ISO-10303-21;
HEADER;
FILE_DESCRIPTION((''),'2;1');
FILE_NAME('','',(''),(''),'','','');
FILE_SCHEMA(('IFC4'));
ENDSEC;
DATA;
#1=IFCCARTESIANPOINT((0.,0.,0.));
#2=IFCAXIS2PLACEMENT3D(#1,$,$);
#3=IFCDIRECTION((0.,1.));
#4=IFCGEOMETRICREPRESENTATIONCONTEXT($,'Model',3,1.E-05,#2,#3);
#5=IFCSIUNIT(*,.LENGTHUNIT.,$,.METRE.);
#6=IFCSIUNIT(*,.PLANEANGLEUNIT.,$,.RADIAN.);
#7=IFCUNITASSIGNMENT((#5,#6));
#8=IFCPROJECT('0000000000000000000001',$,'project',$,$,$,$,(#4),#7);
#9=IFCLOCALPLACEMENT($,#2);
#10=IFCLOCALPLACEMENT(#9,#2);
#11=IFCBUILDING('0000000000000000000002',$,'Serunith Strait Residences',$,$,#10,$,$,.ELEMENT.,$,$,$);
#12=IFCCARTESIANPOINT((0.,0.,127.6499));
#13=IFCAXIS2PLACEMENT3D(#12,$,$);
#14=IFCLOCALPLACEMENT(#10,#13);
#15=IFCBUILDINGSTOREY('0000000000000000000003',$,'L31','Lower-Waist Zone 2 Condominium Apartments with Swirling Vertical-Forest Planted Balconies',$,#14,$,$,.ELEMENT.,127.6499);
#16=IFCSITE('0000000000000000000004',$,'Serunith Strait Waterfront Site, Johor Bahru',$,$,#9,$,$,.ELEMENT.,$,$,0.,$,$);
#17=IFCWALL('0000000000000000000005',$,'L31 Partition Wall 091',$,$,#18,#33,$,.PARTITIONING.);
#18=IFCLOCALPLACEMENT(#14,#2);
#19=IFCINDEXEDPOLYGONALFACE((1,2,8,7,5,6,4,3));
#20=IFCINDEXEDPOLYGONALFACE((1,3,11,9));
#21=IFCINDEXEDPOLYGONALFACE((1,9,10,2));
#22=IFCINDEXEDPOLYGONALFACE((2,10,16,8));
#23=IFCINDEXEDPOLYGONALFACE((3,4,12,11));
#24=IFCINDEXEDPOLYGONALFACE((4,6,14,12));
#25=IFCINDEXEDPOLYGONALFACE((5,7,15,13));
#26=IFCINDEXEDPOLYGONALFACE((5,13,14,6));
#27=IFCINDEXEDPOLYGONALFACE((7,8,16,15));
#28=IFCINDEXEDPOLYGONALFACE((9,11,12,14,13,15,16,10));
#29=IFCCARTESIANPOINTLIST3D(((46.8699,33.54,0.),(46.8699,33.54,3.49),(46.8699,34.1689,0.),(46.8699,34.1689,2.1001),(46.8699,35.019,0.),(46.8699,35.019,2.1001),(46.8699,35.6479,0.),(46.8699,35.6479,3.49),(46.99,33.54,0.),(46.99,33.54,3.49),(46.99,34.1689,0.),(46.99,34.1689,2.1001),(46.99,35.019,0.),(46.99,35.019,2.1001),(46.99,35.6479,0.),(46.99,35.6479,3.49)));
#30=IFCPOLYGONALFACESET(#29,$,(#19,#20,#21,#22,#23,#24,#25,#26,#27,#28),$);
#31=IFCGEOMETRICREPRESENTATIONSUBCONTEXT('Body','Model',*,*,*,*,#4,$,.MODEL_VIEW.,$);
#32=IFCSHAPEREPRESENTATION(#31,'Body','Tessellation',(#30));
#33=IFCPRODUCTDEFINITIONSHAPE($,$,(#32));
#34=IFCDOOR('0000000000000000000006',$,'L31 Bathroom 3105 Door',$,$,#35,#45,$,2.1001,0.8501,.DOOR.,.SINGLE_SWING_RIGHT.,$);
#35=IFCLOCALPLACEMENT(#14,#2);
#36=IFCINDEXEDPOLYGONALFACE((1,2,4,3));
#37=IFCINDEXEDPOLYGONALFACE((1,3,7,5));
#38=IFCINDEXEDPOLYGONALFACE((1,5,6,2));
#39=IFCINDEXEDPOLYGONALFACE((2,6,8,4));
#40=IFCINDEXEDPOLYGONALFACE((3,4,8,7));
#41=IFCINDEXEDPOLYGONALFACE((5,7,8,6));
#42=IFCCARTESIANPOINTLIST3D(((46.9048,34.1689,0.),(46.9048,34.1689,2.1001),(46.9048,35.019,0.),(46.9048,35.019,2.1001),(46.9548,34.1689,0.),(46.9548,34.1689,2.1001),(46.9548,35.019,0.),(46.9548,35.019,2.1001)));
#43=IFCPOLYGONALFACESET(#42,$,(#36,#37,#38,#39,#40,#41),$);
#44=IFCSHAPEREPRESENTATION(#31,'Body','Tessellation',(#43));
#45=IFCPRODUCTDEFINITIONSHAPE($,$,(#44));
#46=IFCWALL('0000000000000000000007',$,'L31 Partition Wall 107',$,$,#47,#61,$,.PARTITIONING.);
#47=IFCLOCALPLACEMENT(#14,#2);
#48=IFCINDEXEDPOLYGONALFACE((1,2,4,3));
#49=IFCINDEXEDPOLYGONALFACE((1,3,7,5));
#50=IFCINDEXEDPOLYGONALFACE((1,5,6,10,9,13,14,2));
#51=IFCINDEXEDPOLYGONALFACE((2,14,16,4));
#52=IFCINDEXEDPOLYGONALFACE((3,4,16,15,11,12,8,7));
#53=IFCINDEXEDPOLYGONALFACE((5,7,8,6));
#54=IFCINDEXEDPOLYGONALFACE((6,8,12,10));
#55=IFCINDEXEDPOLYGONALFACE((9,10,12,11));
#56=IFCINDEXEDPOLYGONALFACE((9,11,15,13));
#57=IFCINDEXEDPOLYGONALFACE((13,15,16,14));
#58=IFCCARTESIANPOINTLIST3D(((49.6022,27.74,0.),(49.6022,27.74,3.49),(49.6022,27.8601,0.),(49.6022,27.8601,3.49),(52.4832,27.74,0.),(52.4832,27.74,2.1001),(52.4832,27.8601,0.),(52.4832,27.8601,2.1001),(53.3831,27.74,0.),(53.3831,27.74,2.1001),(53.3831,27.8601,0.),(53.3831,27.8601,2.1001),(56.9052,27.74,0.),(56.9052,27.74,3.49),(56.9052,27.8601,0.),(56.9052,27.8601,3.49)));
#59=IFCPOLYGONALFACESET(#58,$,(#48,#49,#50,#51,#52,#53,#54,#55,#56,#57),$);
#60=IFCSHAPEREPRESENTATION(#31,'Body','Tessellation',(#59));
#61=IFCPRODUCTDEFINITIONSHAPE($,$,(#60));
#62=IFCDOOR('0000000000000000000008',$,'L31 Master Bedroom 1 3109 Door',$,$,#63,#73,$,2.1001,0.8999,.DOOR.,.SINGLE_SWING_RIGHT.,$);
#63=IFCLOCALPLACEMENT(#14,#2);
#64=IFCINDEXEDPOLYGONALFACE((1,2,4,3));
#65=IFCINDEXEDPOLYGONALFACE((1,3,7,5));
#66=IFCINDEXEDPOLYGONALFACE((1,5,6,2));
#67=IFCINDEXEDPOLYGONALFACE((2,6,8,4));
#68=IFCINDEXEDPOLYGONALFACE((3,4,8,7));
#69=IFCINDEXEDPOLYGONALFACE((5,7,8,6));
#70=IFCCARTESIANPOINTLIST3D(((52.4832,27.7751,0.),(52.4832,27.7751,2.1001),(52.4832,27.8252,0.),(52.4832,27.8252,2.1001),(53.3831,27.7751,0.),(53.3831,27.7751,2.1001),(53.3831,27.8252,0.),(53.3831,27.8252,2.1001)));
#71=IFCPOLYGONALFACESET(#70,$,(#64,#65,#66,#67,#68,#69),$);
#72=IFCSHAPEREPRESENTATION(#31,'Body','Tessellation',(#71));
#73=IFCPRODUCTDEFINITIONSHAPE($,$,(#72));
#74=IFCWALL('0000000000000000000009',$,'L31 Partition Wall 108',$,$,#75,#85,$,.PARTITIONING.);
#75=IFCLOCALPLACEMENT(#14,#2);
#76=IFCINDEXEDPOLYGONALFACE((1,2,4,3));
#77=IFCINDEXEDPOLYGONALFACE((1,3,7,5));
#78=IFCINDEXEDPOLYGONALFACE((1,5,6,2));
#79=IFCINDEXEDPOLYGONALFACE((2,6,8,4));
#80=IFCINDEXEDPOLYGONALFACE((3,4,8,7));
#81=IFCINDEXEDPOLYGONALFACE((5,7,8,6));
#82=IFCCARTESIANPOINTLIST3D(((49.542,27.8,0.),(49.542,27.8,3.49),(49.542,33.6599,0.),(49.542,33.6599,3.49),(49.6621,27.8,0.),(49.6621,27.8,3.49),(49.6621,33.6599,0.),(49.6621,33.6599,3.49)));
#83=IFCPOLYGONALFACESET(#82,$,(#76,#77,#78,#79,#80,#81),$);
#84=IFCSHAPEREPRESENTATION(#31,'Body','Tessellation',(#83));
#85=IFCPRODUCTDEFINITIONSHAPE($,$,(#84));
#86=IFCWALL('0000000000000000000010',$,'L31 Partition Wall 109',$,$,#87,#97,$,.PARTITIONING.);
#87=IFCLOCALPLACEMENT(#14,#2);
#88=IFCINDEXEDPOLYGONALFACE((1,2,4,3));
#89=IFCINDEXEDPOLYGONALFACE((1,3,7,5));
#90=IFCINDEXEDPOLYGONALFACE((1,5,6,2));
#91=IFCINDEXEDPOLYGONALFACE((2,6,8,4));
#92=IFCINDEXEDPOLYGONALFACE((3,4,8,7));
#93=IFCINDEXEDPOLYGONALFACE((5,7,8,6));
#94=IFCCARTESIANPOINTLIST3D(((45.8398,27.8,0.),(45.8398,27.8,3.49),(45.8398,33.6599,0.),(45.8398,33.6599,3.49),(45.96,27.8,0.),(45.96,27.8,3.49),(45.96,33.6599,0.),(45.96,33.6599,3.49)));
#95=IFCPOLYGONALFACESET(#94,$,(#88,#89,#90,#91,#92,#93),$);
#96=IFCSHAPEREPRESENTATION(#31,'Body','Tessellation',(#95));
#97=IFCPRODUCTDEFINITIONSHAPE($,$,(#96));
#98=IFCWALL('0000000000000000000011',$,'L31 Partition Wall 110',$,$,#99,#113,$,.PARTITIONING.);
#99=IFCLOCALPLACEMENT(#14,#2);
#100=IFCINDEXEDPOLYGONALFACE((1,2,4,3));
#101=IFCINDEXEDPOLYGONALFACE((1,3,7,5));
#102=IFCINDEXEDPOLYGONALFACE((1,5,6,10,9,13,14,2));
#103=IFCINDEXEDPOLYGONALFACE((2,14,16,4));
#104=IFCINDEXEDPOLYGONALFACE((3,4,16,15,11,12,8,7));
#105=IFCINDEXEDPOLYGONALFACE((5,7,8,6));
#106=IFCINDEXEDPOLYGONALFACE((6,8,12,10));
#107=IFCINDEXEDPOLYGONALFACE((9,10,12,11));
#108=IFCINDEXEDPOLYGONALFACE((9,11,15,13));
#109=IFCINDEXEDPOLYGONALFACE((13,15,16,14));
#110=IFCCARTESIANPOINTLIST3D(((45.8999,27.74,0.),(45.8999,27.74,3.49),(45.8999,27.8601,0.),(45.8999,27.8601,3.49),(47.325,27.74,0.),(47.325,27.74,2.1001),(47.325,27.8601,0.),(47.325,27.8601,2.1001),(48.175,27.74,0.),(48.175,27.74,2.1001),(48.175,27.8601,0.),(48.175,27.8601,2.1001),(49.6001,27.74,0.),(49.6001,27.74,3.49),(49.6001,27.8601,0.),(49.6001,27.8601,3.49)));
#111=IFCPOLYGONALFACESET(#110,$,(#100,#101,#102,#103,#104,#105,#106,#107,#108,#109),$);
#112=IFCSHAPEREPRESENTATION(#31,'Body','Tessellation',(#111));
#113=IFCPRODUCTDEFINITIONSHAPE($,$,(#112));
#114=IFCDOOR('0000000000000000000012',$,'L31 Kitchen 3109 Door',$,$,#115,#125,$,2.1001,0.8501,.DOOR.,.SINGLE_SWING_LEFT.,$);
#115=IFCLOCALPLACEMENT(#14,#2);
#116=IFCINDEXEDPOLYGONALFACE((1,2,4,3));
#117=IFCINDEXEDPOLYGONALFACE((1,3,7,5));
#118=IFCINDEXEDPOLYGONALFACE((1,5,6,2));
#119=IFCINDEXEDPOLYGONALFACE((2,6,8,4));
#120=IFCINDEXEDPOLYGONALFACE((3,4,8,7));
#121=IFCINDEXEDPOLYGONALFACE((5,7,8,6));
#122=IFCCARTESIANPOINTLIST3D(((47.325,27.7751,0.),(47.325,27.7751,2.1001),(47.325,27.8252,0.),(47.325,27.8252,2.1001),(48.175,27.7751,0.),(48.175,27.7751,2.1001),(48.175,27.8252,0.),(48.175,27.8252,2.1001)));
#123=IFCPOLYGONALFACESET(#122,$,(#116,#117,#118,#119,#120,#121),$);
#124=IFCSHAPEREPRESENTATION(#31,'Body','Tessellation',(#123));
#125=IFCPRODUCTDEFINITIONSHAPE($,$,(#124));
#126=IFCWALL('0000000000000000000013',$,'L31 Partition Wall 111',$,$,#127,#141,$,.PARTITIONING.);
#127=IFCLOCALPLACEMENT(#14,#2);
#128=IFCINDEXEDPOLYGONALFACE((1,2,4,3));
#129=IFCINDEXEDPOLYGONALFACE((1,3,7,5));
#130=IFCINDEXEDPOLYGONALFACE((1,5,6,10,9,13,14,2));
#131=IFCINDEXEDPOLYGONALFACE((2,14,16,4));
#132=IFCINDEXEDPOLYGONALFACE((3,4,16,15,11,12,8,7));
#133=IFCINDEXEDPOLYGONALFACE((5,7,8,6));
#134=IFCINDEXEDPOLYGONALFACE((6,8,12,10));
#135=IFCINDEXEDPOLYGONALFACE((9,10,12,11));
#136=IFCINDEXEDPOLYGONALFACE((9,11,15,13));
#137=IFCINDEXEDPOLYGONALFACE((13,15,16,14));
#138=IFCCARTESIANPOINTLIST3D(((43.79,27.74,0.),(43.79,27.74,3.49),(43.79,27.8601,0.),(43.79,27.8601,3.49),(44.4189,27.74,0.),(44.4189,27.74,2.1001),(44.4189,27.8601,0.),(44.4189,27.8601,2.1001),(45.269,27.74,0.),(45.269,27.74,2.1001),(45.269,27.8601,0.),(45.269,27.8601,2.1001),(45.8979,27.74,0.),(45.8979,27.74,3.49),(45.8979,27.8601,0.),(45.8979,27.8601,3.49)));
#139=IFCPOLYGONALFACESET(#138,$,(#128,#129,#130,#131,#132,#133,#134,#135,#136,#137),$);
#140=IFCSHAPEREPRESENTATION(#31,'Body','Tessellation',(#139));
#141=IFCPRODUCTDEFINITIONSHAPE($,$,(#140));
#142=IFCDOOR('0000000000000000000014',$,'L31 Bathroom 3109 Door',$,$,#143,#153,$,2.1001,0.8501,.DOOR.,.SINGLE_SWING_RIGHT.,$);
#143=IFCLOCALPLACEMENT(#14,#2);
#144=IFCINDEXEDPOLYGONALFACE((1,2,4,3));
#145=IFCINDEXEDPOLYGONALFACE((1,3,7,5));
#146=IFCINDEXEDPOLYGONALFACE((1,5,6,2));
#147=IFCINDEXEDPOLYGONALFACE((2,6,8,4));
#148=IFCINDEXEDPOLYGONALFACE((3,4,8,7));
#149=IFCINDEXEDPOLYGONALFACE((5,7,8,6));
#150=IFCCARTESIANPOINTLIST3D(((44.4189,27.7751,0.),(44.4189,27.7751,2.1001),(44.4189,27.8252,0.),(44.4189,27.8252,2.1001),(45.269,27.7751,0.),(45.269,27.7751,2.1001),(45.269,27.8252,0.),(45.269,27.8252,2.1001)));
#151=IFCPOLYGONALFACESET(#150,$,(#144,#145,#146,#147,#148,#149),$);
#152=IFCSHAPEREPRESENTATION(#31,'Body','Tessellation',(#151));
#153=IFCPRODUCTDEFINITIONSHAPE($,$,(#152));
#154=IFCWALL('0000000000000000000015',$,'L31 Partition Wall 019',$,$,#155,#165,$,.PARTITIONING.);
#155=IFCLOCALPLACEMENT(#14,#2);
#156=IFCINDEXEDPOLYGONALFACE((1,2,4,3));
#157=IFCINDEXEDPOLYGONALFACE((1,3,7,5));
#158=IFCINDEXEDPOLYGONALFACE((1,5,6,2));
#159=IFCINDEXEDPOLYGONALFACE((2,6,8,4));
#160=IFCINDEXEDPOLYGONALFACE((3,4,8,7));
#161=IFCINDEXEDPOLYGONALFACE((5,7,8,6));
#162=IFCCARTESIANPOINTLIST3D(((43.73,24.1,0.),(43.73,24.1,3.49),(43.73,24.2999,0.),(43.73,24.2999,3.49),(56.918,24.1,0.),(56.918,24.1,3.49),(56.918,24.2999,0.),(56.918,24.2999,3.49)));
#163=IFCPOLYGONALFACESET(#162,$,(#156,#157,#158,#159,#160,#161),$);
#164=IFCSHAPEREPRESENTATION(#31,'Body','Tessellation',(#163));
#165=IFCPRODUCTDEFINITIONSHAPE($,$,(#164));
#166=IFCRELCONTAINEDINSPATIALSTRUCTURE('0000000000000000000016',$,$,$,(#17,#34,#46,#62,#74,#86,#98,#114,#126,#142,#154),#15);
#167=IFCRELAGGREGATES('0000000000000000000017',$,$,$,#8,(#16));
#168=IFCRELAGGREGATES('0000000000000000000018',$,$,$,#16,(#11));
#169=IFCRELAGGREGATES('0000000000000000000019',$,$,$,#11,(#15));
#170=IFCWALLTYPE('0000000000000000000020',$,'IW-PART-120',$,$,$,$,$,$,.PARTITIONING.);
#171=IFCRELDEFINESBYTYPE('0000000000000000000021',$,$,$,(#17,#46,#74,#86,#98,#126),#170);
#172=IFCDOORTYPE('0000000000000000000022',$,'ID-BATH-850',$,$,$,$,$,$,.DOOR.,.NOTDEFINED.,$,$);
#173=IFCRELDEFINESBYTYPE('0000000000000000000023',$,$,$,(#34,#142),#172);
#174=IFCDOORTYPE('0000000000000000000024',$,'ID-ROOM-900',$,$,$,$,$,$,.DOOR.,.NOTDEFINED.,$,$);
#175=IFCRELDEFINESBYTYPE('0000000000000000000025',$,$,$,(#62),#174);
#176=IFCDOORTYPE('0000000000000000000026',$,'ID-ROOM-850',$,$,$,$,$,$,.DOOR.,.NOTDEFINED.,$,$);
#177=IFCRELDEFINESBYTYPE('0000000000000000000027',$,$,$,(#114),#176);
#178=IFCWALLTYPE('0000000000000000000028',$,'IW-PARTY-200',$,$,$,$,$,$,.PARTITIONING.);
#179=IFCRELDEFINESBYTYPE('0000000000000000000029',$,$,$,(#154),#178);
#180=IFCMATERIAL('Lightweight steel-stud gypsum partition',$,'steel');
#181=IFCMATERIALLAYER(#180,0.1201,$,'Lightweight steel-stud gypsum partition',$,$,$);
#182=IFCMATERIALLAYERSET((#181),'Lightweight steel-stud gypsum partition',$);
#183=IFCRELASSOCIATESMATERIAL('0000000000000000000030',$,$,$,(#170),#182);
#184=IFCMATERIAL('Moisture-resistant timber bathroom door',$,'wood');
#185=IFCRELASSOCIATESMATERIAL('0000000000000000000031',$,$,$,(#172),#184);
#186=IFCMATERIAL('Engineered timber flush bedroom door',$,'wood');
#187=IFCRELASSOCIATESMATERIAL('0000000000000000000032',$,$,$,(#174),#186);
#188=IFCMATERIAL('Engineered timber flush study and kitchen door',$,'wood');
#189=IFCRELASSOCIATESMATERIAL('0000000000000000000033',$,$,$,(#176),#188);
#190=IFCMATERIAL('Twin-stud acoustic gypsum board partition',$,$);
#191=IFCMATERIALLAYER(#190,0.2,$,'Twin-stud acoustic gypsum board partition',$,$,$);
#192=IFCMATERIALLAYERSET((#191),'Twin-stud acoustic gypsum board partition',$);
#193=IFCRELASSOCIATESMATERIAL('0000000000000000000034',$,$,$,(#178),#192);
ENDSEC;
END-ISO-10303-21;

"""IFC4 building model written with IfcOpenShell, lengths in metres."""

from ifc_helpers import new_model, si_unit, direction, frame, frame_2d, origin, place, context, subcontext, project, spatial, rectangle, extrude, source, transform, mapped, material, layer, layer_set, type_object, element, fill, save


model = new_model("IFC4")

# Units and contexts
model_context = context("Model", 3, precision=1e-05, world=origin(), true_north=direction((0.0, 1.0)))
body_context = subcontext(model_context, "Body", "Model", "MODEL_VIEW")
ifc_project = project(units=[si_unit("LENGTHUNIT", "METRE"), si_unit("PLANEANGLEUNIT", "RADIAN")], contexts=[model_context])

# Site, building, storey
site_placement = place(None, origin())
site = spatial("IfcSite", under=ifc_project, at=site_placement, Name="Serunith Strait Waterfront Site, Johor Bahru", CompositionType="ELEMENT", RefElevation=0.0)
building_placement = place(site_placement, origin())
building = spatial("IfcBuilding", under=site, at=building_placement, Name="Serunith Strait Residences", CompositionType="ELEMENT")
storey_placement = place(building_placement, frame((0.0, 0.0, 127.6499)))
storey = spatial("IfcBuildingStorey", under=building, at=storey_placement, Name="L31", Description="Lower-Waist Zone 2 Condominium Apartments with Swirling Vertical-Forest Planted Balconies", CompositionType="ELEMENT", Elevation=127.6499)

# Shared definitions
ifc_material_1 = material(Name="Lightweight steel-stud gypsum partition", Category="steel")
ifc_layer_1 = layer(ifc_material_1, 0.1201, Name="Lightweight steel-stud gypsum partition")
ifc_layer_set_1 = layer_set([ifc_layer_1], Name="Lightweight steel-stud gypsum partition")
wall_type_1 = type_object("IfcWallType", Name="IW-PART-120", PredefinedType="PARTITIONING", material=ifc_layer_set_1)

# Walls, openings, doors
wall_1_placement = place(storey_placement, frame((46.9299, 35.6479, 0.0), z_axis=(0.0, 0.0, 1.0), x_axis=(0.0, -1.0, 0.0)))
wall_1 = element("IfcWall", 1, at=wall_1_placement, inside=storey, type_object=wall_type_1, Name="L31 Partition Wall 091", PredefinedType="PARTITIONING", context=body_context, shape_type="SweptSolid", body=[
    extrude(rectangle(XDim=2.1079, YDim=0.1201, at=frame_2d((1.054, 0.0))), origin(), (0.0, 0.0, 1.0), 3.49),
])
opening_1_placement = place(wall_1_placement, frame((0.6289, 0.0, 0.0)))
opening_1 = element("IfcOpeningElement", 2, at=opening_1_placement, cuts=wall_1, PredefinedType="OPENING", context=body_context, shape_type="SweptSolid", body=[
    extrude(rectangle(XDim=0.8501, YDim=2.1001, at=frame_2d((0.425, 1.05))), frame((0.0, 0.0701, 0.0), z_axis=(0.0, -1.0, 0.0), x_axis=(1.0, 0.0, 0.0)), (0.0, 0.0, 1.0), 0.1401),
])
ifc_material_2 = material(Name="Moisture-resistant timber bathroom door", Category="wood")
door_type_1 = type_object("IfcDoorType", Name="ID-BATH-850", OperationType="NOTDEFINED", PredefinedType="DOOR", material=ifc_material_2)
shared_shape_1 = source(origin(), body_context, "Body", "SweptSolid", [
    extrude(rectangle(XDim=0.8501, YDim=2.1001, at=frame_2d((0.425, 1.05))), frame((0.0, 0.0249, 0.0), z_axis=(0.0, -1.0, 0.0), x_axis=(1.0, 0.0, 0.0)), (0.0, 0.0, 1.0), 0.05),
])
door_1_placement = place(opening_1_placement, origin())
door_1 = element("IfcDoor", 3, at=door_1_placement, inside=storey, type_object=door_type_1, Name="L31 Bathroom 3105 Door", OperationType="SINGLE_SWING_RIGHT", OverallHeight=2.1001, OverallWidth=0.8501, PredefinedType="DOOR", context=body_context, shape_type="MappedRepresentation", body=[
    mapped(shared_shape_1, transform((0.0, 0.0, 0.0), scale=1.0)),
])
fill(opening_1, door_1)
wall_2_placement = place(storey_placement, frame((56.905, 27.8, 0.0), z_axis=(0.0, 0.0, 1.0), x_axis=(-1.0, 0.0, 0.0)))
wall_2 = element("IfcWall", 4, at=wall_2_placement, inside=storey, type_object=wall_type_1, Name="L31 Partition Wall 107", PredefinedType="PARTITIONING", context=body_context, shape_type="SweptSolid", body=[
    extrude(rectangle(XDim=7.303, YDim=0.1201, at=frame_2d((3.6514, 0.0))), origin(), (0.0, 0.0, 1.0), 3.49),
])
opening_2_placement = place(wall_2_placement, frame((3.522, 0.0, 0.0)))
opening_2 = element("IfcOpeningElement", 5, at=opening_2_placement, cuts=wall_2, PredefinedType="OPENING", context=body_context, shape_type="SweptSolid", body=[
    extrude(rectangle(XDim=0.8999, YDim=2.1001, at=frame_2d((0.45, 1.05))), frame((0.0, 0.0701, 0.0), z_axis=(0.0, -1.0, 0.0), x_axis=(1.0, 0.0, 0.0)), (0.0, 0.0, 1.0), 0.1401),
])
ifc_material_3 = material(Name="Engineered timber flush bedroom door", Category="wood")
door_type_2 = type_object("IfcDoorType", Name="ID-ROOM-900", OperationType="NOTDEFINED", PredefinedType="DOOR", material=ifc_material_3)
shared_shape_2 = source(origin(), body_context, "Body", "SweptSolid", [
    extrude(rectangle(XDim=0.8999, YDim=2.1001, at=frame_2d((0.45, 1.05))), frame((0.0, 0.0249, 0.0), z_axis=(0.0, -1.0, 0.0), x_axis=(1.0, 0.0, 0.0)), (0.0, 0.0, 1.0), 0.05),
])
door_2_placement = place(opening_2_placement, origin())
door_2 = element("IfcDoor", 6, at=door_2_placement, inside=storey, type_object=door_type_2, Name="L31 Master Bedroom 1 3109 Door", OperationType="SINGLE_SWING_RIGHT", OverallHeight=2.1001, OverallWidth=0.8999, PredefinedType="DOOR", context=body_context, shape_type="MappedRepresentation", body=[
    mapped(shared_shape_2, transform((0.0, 0.0, 0.0), scale=1.0)),
])
fill(opening_2, door_2)

# Walls
for number, where, z_axis, x_axis, name in (
    (7, (49.6021, 27.8, 0.0), (0.0, 0.0, 1.0), (0.0, 1.0, 0.0), "L31 Partition Wall 108"),
    (8, (45.8999, 27.8, 0.0), (0.0, 0.0, 1.0), (0.0, 1.0, 0.0), "L31 Partition Wall 109"),
):
    element("IfcWall", number, at=place(storey_placement, frame(where, z_axis=z_axis, x_axis=x_axis)), inside=storey, type_object=wall_type_1, Name=name, PredefinedType="PARTITIONING", context=body_context, shape_type="SweptSolid", body=[
        extrude(rectangle(XDim=5.8599, YDim=0.1201, at=frame_2d((2.9299, 0.0))), origin(), (0.0, 0.0, 1.0), 3.49),
    ])

# Walls, openings, doors
wall_3_placement = place(storey_placement, frame((49.6001, 27.8, 0.0), z_axis=(0.0, 0.0, 1.0), x_axis=(-1.0, 0.0, 0.0)))
wall_3 = element("IfcWall", 9, at=wall_3_placement, inside=storey, type_object=wall_type_1, Name="L31 Partition Wall 110", PredefinedType="PARTITIONING", context=body_context, shape_type="SweptSolid", body=[
    extrude(rectangle(XDim=3.7002, YDim=0.1201, at=frame_2d((1.8501, 0.0))), origin(), (0.0, 0.0, 1.0), 3.49),
])
opening_3_placement = place(wall_3_placement, frame((1.425, 0.0, 0.0)))
opening_3 = element("IfcOpeningElement", 10, at=opening_3_placement, cuts=wall_3, PredefinedType="OPENING", context=body_context, shape_type="SweptSolid", body=[
    extrude(rectangle(XDim=0.8501, YDim=2.1001, at=frame_2d((0.425, 1.05))), frame((0.0, 0.0701, 0.0), z_axis=(0.0, -1.0, 0.0), x_axis=(1.0, 0.0, 0.0)), (0.0, 0.0, 1.0), 0.1401),
])
ifc_material_4 = material(Name="Engineered timber flush study and kitchen door", Category="wood")
door_type_3 = type_object("IfcDoorType", Name="ID-ROOM-850", OperationType="NOTDEFINED", PredefinedType="DOOR", material=ifc_material_4)
door_3_placement = place(opening_3_placement, origin())
door_3 = element("IfcDoor", 11, at=door_3_placement, inside=storey, type_object=door_type_3, Name="L31 Kitchen 3109 Door", OperationType="SINGLE_SWING_LEFT", OverallHeight=2.1001, OverallWidth=0.8501, PredefinedType="DOOR", context=body_context, shape_type="MappedRepresentation", body=[
    mapped(shared_shape_1, transform((0.0, 0.0, 0.0), scale=1.0)),
])
fill(opening_3, door_3)
wall_4_placement = place(storey_placement, frame((45.8979, 27.8, 0.0), z_axis=(0.0, 0.0, 1.0), x_axis=(-1.0, 0.0, 0.0)))
wall_4 = element("IfcWall", 12, at=wall_4_placement, inside=storey, type_object=wall_type_1, Name="L31 Partition Wall 111", PredefinedType="PARTITIONING", context=body_context, shape_type="SweptSolid", body=[
    extrude(rectangle(XDim=2.1079, YDim=0.1201, at=frame_2d((1.054, 0.0))), origin(), (0.0, 0.0, 1.0), 3.49),
])
opening_4_placement = place(wall_4_placement, frame((0.6289, 0.0, 0.0)))
opening_4 = element("IfcOpeningElement", 13, at=opening_4_placement, cuts=wall_4, PredefinedType="OPENING", context=body_context, shape_type="SweptSolid", body=[
    extrude(rectangle(XDim=0.8501, YDim=2.1001, at=frame_2d((0.425, 1.05))), frame((0.0, 0.0701, 0.0), z_axis=(0.0, -1.0, 0.0), x_axis=(1.0, 0.0, 0.0)), (0.0, 0.0, 1.0), 0.1401),
])
door_4_placement = place(opening_4_placement, origin())
door_4 = element("IfcDoor", 14, at=door_4_placement, inside=storey, type_object=door_type_1, Name="L31 Bathroom 3109 Door", OperationType="SINGLE_SWING_RIGHT", OverallHeight=2.1001, OverallWidth=0.8501, PredefinedType="DOOR", context=body_context, shape_type="MappedRepresentation", body=[
    mapped(shared_shape_1, transform((0.0, 0.0, 0.0), scale=1.0)),
])
fill(opening_4, door_4)

# Wall
ifc_material_5 = material(Name="Twin-stud acoustic gypsum board partition")
ifc_layer_2 = layer(ifc_material_5, 0.2, Name="Twin-stud acoustic gypsum board partition")
ifc_layer_set_2 = layer_set([ifc_layer_2], Name="Twin-stud acoustic gypsum board partition")
wall_type_2 = type_object("IfcWallType", Name="IW-PARTY-200", PredefinedType="PARTITIONING", material=ifc_layer_set_2)
wall_5_placement = place(storey_placement, frame((43.73, 24.2, 0.0), z_axis=(0.0, 0.0, 1.0), x_axis=(1.0, 0.0, 0.0)))
element("IfcWall", 15, at=wall_5_placement, inside=storey, type_object=wall_type_2, Name="L31 Partition Wall 019", PredefinedType="PARTITIONING", context=body_context, shape_type="SweptSolid", body=[
    extrude(rectangle(XDim=13.188, YDim=0.2, at=frame_2d((6.594, 0.0))), origin(), (0.0, 0.0, 1.0), 3.49),
])

save(model, "model.ifc")
